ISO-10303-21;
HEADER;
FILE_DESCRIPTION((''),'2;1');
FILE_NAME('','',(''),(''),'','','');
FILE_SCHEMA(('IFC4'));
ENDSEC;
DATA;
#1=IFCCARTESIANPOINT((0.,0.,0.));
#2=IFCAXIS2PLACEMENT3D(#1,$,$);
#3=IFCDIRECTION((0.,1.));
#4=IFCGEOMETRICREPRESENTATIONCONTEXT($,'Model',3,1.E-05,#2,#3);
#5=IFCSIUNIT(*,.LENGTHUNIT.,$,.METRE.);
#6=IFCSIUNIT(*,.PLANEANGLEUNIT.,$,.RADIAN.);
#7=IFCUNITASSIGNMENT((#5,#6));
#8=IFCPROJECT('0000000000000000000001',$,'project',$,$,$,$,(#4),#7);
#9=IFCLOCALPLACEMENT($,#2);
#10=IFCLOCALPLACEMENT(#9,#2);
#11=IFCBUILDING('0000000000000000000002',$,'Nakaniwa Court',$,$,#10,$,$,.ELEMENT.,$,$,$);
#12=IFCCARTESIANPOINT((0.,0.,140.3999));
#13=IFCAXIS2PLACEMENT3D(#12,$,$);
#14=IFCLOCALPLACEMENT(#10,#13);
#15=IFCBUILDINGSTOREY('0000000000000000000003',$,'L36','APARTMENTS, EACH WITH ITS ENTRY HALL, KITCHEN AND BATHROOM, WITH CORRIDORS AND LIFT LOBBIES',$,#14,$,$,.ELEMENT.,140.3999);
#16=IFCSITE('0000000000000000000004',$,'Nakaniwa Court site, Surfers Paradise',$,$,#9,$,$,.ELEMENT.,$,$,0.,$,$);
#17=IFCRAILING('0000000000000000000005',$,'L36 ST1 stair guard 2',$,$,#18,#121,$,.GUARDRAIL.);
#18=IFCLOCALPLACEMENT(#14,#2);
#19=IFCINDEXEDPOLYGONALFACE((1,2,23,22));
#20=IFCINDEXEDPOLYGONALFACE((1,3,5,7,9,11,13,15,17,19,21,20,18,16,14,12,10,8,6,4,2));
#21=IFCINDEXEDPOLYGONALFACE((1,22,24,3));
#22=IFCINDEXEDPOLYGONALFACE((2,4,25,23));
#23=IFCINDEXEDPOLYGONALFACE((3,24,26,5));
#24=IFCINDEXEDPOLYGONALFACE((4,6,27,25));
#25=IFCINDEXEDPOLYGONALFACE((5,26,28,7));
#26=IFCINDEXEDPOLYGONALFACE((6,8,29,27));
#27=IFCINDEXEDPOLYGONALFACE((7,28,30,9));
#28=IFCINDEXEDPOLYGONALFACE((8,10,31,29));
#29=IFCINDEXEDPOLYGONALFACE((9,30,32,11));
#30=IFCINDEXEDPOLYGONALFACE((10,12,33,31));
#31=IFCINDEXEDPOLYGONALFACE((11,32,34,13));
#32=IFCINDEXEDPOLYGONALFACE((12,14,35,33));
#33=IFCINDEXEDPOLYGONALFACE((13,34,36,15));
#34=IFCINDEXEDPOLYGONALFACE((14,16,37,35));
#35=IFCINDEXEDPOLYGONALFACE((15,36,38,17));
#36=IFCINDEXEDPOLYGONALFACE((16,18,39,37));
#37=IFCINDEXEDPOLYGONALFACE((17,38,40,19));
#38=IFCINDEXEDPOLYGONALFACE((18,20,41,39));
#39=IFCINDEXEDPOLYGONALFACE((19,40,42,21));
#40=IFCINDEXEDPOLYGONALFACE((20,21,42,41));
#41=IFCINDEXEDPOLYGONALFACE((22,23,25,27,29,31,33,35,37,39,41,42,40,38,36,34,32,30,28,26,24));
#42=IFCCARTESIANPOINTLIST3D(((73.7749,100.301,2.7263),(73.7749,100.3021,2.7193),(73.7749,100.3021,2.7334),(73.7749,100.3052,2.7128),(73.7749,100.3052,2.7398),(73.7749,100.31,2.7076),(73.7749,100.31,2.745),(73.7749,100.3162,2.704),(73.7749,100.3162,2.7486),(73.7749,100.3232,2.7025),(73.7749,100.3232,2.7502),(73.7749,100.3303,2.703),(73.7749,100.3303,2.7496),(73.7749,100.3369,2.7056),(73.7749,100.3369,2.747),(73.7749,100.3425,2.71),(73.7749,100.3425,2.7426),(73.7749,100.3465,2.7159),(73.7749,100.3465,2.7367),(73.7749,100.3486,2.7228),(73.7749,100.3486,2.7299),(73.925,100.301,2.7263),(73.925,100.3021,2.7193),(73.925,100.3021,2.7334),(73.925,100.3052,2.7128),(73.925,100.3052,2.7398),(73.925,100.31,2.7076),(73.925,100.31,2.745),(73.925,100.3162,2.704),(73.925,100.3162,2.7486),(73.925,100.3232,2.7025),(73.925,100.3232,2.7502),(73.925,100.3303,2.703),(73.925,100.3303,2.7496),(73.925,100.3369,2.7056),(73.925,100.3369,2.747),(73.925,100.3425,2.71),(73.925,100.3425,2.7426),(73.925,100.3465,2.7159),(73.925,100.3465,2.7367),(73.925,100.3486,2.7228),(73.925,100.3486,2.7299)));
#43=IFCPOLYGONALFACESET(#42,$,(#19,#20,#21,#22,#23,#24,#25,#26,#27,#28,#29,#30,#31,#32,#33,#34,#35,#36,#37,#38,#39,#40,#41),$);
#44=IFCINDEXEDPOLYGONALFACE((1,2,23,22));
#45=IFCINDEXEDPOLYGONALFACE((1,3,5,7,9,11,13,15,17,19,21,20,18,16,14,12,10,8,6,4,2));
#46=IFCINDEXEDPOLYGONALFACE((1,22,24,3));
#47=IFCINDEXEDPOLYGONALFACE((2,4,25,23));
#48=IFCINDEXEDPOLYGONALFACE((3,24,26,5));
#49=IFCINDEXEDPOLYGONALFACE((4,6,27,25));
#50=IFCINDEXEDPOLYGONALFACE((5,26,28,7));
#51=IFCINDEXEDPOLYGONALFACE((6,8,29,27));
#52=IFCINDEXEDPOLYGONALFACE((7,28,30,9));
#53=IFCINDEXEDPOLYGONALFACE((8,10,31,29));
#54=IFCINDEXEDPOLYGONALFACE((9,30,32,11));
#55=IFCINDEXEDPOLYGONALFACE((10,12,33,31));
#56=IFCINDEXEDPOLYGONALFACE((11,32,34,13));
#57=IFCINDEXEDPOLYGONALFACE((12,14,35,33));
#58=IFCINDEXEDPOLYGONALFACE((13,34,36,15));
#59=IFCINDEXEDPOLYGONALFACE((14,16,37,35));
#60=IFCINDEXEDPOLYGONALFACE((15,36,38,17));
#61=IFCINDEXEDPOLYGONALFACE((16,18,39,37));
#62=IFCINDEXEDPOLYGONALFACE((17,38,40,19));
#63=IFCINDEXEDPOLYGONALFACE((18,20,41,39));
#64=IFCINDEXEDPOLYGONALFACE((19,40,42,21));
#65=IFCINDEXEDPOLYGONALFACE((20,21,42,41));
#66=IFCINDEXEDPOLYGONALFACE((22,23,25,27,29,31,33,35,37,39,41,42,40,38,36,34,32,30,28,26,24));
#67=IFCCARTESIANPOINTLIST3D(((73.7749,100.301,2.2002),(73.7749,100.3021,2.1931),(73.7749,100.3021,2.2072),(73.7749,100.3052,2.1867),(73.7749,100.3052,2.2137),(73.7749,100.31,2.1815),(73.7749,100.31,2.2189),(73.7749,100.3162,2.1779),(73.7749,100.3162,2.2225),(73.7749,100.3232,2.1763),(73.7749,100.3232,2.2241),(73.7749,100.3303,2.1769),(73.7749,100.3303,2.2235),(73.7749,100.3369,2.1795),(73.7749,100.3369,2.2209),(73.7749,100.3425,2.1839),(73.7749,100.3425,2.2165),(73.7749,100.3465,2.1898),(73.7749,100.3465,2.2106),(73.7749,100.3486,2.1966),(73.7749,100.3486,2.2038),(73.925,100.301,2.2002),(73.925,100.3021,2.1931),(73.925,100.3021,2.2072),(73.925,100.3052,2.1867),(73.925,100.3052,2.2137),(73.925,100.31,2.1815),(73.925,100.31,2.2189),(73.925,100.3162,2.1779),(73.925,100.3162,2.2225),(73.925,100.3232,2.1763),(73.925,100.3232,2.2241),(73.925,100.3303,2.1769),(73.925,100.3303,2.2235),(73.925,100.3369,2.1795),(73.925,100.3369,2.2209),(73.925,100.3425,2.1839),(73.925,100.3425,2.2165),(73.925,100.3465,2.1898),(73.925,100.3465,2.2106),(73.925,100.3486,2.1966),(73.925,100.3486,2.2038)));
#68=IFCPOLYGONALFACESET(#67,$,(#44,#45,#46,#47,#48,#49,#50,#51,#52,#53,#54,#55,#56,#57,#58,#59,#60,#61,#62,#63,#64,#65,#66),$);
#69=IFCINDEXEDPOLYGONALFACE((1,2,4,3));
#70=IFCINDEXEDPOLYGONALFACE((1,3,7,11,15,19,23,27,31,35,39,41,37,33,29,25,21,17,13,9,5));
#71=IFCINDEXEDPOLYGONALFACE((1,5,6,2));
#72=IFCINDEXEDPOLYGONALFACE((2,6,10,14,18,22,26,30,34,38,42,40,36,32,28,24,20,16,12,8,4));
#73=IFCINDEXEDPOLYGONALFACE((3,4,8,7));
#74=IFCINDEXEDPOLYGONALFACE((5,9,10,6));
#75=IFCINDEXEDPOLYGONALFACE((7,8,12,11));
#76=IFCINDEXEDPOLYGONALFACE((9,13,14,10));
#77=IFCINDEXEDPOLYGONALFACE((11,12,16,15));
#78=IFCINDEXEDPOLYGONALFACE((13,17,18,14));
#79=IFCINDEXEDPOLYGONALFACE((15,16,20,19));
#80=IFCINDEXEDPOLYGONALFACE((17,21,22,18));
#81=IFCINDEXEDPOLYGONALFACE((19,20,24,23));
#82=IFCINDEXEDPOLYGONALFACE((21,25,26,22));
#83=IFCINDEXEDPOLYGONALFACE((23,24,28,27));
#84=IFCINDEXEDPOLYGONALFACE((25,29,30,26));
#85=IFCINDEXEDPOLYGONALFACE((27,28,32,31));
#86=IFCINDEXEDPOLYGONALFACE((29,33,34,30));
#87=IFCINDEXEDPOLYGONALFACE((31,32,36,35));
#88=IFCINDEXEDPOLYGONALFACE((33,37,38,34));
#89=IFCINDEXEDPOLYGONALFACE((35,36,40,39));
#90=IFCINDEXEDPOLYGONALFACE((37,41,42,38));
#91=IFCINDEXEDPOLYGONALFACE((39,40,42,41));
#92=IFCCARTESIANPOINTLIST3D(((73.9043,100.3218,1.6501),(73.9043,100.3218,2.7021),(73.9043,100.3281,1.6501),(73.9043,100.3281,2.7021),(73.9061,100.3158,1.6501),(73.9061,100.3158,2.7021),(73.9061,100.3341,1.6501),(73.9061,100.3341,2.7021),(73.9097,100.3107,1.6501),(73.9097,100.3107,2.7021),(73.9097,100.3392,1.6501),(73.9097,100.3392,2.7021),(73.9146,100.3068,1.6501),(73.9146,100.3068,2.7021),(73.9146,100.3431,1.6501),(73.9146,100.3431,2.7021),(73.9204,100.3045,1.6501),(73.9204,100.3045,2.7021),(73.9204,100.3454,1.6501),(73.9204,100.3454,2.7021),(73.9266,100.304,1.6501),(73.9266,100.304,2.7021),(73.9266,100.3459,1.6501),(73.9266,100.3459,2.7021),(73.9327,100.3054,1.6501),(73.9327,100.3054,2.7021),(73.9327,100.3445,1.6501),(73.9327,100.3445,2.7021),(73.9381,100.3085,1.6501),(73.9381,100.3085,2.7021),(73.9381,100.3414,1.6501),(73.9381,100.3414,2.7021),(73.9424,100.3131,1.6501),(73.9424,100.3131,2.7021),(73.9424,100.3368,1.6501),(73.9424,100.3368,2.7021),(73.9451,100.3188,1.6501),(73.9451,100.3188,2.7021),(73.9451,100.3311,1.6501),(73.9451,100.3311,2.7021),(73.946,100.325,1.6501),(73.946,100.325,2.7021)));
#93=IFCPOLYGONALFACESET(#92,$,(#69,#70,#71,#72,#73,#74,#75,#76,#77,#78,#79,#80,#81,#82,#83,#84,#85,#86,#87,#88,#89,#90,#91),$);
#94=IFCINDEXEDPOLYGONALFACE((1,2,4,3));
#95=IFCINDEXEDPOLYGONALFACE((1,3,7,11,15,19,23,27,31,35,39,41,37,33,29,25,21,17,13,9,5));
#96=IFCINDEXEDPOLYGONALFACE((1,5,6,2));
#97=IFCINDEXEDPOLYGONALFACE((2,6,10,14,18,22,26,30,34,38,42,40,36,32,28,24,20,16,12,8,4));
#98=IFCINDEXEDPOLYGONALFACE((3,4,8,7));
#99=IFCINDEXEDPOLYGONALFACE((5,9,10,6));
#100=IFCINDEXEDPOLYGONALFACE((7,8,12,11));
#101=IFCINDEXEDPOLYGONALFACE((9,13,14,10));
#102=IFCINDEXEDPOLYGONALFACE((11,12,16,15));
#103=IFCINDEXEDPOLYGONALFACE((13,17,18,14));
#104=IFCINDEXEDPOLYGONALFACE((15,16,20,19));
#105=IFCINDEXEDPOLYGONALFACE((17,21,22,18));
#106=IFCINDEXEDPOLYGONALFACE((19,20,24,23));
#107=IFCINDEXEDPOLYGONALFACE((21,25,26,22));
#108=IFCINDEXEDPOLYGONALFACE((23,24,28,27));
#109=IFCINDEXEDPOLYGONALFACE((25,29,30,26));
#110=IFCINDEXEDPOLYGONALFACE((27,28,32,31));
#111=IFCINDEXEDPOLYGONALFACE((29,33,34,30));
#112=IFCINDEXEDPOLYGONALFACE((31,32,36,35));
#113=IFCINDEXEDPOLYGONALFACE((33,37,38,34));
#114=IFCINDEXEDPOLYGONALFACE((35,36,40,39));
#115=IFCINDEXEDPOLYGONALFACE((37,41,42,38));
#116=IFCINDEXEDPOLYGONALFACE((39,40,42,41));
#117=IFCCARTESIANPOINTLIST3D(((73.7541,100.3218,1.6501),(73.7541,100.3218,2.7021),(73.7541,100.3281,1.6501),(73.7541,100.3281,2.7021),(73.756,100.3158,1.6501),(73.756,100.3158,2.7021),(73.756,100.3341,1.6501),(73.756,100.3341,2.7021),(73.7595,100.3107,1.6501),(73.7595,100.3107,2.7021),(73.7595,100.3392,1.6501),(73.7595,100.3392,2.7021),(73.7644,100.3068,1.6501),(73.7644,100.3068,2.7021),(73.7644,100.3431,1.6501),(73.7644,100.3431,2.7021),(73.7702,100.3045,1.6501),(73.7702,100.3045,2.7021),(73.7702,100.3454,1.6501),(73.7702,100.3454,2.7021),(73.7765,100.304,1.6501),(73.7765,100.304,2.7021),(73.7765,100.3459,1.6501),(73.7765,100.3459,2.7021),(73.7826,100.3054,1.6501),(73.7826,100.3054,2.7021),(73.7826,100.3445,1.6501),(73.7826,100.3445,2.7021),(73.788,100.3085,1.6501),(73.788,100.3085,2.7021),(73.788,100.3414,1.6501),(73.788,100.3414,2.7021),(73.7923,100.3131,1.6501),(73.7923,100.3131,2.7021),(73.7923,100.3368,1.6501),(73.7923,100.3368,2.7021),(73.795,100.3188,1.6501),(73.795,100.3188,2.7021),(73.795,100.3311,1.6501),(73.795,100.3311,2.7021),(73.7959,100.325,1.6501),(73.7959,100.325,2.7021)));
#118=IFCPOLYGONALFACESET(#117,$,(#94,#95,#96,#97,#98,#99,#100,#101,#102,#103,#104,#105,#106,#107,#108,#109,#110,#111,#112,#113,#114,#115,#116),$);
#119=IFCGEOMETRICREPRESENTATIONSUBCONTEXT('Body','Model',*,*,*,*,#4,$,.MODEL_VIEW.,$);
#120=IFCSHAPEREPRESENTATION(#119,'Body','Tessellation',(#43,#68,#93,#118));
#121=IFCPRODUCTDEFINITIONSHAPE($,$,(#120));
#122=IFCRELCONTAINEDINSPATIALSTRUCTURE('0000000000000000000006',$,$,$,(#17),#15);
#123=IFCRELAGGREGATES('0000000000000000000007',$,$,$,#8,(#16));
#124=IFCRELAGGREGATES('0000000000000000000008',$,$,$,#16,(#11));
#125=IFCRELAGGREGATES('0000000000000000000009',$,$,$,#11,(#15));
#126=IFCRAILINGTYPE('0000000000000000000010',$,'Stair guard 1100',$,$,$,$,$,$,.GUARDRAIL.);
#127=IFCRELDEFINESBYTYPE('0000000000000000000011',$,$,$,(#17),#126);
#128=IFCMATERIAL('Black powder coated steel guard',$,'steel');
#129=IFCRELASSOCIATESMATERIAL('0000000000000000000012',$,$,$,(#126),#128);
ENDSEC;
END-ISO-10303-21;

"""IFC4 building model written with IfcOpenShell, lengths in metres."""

from ifc_helpers import new_model, si_unit, direction, frame, origin, origin_2d, place, context, subcontext, project, spatial, circle, extrude, material, type_object, element, save


model = new_model("IFC4")

# Units and contexts
model_context = context("Model", 3, precision=1e-05, world=origin(), true_north=direction((0.0, 1.0)))
body_context = subcontext(model_context, "Body", "Model", "MODEL_VIEW")
ifc_project = project(units=[si_unit("LENGTHUNIT", "METRE"), si_unit("PLANEANGLEUNIT", "RADIAN")], contexts=[model_context])

# Site, building, storey
site_placement = place(None, origin())
site = spatial("IfcSite", under=ifc_project, at=site_placement, Name="Nakaniwa Court site, Surfers Paradise", CompositionType="ELEMENT", RefElevation=0.0)
building_placement = place(site_placement, origin())
building = spatial("IfcBuilding", under=site, at=building_placement, Name="Nakaniwa Court", CompositionType="ELEMENT")
storey_placement = place(building_placement, frame((0.0, 0.0, 140.3999)))
storey = spatial("IfcBuildingStorey", under=building, at=storey_placement, Name="L36", Description="APARTMENTS, EACH WITH ITS ENTRY HALL, KITCHEN AND BATHROOM, WITH CORRIDORS AND LIFT LOBBIES", CompositionType="ELEMENT", Elevation=140.3999)

# Railing
ifc_material_1 = material(Name="Black powder coated steel guard", Category="steel")
railing_type_1 = type_object("IfcRailingType", Name="Stair guard 1100", PredefinedType="GUARDRAIL", material=ifc_material_1)
railing_1_placement = place(storey_placement, frame((73.925, 100.325, 1.6501)))
element("IfcRailing", 1, at=railing_1_placement, inside=storey, type_object=railing_type_1, Name="L36 ST1 stair guard 2", PredefinedType="GUARDRAIL", context=body_context, shape_type="SweptSolid", body=[
    extrude(circle(Radius=0.0239, at=origin_2d()), frame((0.0, 0.0, 1.0762), z_axis=(-1.0, 0.0, 0.0), x_axis=(0.0, -1.0, 0.0)), (0.0, 0.0, 1.0), 0.1501),
    extrude(circle(Radius=0.0239, at=origin_2d()), frame((0.0, 0.0, 0.55), z_axis=(-1.0, 0.0, 0.0), x_axis=(0.0, -1.0, 0.0)), (0.0, 0.0, 1.0), 0.1501),
    extrude(circle(Radius=0.021, at=origin_2d()), origin(), (0.0, 0.0, 1.0), 1.052),
    extrude(circle(Radius=0.021, at=origin_2d()), frame((-0.1501, 0.0, 0.0)), (0.0, 0.0, 1.0), 1.052),
])

save(model, "model.ifc")
